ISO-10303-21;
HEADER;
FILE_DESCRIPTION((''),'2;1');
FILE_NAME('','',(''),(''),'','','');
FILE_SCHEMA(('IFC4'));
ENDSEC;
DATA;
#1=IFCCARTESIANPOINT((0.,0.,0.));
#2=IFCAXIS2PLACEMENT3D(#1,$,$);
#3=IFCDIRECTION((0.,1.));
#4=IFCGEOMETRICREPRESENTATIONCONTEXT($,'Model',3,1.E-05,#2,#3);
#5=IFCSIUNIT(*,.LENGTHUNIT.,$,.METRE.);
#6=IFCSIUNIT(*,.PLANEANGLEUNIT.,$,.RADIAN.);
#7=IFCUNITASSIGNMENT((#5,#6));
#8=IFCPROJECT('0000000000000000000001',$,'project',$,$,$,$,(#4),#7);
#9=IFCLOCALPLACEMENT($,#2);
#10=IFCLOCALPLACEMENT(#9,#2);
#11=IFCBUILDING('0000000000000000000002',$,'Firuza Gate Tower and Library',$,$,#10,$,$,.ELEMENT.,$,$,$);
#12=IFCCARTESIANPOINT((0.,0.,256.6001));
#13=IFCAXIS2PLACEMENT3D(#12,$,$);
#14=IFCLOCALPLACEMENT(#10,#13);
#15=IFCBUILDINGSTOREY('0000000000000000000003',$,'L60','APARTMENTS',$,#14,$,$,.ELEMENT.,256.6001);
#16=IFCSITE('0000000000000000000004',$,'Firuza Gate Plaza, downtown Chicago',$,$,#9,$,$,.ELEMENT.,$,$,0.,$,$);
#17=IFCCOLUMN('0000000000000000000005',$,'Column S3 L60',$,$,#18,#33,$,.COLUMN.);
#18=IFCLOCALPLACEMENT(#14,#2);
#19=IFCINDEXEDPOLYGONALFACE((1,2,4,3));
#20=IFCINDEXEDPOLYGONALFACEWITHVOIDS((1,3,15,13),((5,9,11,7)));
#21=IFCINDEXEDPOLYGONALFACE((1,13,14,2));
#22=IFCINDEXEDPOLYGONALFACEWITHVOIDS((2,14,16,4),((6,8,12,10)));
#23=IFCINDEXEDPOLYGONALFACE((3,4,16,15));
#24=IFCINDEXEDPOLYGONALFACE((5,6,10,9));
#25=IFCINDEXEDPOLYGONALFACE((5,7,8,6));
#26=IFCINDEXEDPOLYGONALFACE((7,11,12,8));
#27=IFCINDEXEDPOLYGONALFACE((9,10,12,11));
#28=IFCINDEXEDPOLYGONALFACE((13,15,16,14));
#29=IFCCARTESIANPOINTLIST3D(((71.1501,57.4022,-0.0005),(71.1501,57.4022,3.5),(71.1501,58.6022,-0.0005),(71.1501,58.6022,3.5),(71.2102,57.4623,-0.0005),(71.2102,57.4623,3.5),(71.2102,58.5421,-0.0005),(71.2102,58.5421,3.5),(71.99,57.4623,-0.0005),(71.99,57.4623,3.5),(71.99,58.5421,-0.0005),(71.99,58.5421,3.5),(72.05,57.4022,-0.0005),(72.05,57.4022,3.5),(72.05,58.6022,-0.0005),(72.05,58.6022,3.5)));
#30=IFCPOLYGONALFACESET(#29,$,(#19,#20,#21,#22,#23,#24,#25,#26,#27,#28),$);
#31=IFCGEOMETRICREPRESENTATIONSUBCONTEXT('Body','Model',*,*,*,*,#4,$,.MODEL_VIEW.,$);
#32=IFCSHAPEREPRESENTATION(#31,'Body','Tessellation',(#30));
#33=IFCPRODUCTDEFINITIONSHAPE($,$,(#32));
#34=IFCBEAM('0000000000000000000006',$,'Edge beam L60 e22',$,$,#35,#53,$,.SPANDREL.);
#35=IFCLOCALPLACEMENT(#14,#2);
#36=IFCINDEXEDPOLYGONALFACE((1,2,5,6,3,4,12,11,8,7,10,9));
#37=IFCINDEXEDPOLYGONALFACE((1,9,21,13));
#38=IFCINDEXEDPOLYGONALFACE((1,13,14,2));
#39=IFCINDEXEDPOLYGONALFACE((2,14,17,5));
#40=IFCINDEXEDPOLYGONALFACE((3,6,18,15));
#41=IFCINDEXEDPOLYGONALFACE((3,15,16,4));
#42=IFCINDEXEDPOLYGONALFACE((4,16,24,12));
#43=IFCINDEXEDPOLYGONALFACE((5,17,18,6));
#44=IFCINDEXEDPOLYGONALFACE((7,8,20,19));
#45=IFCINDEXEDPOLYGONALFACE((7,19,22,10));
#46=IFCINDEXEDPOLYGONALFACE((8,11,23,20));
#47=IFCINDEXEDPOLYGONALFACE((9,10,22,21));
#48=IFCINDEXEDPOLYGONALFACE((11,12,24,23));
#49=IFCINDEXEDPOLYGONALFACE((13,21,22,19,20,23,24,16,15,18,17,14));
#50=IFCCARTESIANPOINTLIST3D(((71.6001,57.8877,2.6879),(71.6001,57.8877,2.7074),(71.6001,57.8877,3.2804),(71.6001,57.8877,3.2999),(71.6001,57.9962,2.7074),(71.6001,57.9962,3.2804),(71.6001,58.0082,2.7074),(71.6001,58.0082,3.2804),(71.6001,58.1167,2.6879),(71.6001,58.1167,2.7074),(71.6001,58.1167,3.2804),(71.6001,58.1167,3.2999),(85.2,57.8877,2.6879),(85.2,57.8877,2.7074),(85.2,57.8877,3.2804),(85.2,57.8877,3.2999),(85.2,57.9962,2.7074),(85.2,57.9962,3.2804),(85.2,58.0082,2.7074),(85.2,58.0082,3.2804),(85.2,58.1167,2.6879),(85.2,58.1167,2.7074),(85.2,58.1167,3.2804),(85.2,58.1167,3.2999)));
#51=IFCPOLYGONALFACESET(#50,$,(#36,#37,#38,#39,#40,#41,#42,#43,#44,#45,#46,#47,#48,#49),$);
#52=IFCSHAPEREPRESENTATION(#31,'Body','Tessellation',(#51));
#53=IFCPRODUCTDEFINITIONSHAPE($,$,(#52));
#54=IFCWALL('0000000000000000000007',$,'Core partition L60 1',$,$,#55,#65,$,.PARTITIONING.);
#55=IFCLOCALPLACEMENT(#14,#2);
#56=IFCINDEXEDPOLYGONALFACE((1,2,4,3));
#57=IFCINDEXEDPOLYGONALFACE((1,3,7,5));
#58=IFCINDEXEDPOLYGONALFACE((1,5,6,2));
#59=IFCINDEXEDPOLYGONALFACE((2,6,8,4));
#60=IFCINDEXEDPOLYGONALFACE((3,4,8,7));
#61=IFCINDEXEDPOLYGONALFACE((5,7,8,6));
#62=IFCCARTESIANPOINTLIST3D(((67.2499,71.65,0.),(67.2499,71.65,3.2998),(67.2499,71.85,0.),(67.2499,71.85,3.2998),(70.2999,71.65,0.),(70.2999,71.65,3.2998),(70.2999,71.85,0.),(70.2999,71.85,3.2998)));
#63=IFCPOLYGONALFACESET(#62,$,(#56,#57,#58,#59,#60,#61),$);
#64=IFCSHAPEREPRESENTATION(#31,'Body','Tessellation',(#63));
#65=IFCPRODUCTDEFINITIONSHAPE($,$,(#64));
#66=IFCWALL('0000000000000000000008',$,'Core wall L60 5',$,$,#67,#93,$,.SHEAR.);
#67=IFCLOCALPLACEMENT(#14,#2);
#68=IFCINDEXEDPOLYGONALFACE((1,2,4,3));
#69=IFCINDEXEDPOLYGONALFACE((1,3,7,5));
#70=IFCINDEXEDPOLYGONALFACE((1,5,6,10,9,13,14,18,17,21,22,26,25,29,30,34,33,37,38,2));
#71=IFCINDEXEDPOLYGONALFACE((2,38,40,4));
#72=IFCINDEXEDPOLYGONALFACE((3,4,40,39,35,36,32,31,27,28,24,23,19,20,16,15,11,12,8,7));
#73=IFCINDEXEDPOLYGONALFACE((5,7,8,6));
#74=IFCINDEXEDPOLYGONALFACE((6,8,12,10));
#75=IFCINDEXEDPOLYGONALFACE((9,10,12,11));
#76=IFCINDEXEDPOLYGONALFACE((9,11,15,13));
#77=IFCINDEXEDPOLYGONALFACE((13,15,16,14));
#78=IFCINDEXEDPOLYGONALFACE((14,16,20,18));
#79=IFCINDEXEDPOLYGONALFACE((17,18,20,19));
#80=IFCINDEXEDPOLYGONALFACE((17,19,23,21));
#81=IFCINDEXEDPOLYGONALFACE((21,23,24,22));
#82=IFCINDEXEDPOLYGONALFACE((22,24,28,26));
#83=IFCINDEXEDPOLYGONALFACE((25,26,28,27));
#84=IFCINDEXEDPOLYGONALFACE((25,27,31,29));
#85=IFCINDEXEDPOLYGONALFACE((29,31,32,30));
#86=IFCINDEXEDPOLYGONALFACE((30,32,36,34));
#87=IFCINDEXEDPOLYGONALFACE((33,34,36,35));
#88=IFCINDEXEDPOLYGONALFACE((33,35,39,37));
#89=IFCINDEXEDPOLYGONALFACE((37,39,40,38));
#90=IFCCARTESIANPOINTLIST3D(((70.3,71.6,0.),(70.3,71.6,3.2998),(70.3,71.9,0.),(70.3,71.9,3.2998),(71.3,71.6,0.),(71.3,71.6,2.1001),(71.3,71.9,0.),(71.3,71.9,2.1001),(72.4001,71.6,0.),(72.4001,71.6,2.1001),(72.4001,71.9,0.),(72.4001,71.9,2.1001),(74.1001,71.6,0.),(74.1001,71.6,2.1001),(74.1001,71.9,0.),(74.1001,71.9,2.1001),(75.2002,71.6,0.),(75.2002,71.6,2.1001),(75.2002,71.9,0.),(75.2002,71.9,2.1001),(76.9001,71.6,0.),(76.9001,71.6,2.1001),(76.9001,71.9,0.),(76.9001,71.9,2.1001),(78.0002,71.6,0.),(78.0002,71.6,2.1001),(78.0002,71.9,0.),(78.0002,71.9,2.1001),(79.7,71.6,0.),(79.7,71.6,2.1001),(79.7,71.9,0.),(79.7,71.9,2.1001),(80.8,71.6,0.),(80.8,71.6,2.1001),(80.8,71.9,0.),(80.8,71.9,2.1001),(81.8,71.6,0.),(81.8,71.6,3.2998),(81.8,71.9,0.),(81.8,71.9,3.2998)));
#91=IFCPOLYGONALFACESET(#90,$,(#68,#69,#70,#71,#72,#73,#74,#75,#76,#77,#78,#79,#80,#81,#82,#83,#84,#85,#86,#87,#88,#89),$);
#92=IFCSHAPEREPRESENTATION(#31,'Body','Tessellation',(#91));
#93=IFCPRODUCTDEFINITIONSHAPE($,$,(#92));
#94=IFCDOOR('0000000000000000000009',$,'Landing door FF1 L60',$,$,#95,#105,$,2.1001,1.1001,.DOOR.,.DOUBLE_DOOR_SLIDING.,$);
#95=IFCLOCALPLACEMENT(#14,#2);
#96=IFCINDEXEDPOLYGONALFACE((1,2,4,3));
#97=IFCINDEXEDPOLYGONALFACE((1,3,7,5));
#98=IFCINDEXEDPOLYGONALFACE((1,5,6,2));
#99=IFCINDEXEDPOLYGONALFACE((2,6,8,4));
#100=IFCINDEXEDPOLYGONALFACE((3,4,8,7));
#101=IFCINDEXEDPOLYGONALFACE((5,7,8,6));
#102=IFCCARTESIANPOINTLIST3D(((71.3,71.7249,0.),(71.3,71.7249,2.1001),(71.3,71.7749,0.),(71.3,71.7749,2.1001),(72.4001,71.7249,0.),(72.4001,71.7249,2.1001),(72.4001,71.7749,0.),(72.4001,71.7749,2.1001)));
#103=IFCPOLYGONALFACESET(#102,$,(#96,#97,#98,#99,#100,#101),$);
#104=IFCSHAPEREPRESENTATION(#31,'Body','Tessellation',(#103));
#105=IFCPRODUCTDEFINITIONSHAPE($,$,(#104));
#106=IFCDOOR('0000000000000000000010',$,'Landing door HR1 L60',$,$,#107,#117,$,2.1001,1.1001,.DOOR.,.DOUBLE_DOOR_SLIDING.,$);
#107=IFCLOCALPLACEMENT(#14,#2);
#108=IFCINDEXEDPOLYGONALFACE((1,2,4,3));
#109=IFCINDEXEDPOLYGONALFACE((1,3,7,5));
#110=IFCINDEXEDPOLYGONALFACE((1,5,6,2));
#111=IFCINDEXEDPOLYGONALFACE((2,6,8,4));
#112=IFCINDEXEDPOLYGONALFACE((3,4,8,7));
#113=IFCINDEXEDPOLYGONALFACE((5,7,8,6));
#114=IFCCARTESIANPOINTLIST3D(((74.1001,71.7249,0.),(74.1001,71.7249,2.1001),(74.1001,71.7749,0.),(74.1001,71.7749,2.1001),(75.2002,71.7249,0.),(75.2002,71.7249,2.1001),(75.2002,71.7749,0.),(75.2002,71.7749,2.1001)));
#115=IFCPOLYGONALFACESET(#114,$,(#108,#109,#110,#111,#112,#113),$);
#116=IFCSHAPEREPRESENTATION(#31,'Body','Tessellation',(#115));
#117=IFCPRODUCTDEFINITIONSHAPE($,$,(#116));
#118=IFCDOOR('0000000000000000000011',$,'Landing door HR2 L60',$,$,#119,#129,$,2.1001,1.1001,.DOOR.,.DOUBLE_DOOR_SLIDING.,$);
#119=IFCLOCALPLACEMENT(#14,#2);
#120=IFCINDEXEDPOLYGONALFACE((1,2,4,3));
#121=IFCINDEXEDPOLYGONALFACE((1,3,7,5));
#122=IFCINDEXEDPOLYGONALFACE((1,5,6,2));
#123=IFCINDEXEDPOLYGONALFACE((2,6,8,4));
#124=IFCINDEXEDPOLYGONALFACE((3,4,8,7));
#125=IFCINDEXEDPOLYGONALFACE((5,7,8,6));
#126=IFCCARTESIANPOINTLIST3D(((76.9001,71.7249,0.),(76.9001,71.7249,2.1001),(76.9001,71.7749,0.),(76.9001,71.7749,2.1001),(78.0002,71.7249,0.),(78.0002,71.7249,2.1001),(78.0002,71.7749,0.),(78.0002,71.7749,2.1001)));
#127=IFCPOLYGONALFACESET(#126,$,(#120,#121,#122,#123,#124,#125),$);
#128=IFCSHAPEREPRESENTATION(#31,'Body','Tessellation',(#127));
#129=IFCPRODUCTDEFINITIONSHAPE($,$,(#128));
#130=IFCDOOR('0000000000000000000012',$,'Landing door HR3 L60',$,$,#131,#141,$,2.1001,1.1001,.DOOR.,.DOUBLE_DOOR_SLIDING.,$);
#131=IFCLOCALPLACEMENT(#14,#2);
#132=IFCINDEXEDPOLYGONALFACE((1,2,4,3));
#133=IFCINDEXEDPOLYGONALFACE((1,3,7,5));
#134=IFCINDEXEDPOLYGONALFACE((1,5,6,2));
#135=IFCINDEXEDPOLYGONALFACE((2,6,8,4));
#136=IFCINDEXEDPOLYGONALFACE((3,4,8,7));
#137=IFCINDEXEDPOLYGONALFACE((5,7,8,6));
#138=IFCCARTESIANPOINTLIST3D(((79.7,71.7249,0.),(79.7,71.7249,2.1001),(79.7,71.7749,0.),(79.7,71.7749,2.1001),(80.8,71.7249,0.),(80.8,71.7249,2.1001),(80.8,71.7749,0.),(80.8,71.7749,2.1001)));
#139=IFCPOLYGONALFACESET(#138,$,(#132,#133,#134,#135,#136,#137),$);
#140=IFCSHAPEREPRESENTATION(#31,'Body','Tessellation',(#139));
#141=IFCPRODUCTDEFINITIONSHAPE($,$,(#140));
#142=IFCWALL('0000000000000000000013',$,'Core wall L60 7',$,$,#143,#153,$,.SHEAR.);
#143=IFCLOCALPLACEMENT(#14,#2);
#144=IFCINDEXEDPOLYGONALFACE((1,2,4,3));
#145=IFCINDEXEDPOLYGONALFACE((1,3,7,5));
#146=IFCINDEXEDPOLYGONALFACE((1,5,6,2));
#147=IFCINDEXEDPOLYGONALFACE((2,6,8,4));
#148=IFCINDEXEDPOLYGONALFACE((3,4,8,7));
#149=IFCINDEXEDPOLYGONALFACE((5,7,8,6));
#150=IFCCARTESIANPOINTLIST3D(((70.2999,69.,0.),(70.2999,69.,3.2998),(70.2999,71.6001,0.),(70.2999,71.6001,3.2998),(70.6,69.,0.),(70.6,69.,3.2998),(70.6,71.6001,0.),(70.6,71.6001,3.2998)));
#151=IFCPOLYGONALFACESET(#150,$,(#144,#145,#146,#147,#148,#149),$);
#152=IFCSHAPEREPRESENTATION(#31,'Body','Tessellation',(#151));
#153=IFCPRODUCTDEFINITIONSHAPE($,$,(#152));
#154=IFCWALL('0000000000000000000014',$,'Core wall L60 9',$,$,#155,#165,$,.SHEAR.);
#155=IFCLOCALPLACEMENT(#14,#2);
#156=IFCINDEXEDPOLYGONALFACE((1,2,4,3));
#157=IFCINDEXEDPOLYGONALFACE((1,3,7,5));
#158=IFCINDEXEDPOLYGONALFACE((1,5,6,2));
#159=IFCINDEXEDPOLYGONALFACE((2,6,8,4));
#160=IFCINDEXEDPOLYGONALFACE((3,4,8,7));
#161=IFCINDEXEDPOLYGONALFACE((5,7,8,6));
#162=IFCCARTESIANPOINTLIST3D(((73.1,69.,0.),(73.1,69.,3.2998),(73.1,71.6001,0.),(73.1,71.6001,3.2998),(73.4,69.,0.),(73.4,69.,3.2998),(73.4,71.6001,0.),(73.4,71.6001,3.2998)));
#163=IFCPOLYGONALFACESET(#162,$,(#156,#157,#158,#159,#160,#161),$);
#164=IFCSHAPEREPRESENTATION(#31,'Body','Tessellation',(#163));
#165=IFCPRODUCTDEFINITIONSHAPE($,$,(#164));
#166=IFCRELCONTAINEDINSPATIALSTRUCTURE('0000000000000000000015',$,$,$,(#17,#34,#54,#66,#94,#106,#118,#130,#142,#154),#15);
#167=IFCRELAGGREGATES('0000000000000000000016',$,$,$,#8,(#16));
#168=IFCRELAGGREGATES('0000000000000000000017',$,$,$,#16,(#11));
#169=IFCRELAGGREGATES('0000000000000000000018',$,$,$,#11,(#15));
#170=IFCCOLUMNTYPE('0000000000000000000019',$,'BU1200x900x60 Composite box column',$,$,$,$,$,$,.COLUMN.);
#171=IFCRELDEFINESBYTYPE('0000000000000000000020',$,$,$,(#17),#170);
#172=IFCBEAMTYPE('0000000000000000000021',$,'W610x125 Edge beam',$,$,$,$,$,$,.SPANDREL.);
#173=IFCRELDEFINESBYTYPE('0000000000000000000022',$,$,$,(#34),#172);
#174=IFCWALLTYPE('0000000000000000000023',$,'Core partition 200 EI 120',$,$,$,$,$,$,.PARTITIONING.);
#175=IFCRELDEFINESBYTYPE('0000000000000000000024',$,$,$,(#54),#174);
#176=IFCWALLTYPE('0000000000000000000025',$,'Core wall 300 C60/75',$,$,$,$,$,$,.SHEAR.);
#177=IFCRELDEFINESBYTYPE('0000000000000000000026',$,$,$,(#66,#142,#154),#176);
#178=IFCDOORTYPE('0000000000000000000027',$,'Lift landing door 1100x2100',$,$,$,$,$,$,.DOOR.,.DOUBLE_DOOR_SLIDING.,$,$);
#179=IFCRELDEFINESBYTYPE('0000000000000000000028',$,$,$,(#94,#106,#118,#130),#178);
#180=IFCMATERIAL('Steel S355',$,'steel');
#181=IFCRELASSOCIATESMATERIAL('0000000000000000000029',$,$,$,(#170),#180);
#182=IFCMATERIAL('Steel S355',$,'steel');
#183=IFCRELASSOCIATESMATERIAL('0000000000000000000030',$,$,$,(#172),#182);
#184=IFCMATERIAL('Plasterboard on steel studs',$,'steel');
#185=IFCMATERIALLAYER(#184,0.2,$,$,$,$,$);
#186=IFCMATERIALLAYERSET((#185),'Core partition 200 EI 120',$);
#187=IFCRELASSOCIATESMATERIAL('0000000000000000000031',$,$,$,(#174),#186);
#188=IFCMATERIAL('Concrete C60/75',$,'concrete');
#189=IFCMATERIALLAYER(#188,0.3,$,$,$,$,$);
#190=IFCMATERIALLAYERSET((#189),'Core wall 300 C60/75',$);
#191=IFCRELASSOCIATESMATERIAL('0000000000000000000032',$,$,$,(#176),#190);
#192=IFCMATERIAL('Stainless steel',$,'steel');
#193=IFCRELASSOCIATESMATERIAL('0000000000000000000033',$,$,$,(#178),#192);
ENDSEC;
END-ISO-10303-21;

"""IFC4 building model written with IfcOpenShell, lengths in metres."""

from ifc_helpers import new_model, si_unit, direction, frame, frame_2d, origin, origin_2d, place, context, subcontext, project, spatial, rectangle, hollow_rectangle, i_section, extrude, material, layer, layer_set, material_profile, profile_set, type_object, element, fill, save


model = new_model("IFC4")

# Units and contexts
model_context = context("Model", 3, precision=1e-05, world=origin(), true_north=direction((0.0, 1.0)))
body_context = subcontext(model_context, "Body", "Model", "MODEL_VIEW")
ifc_project = project(units=[si_unit("LENGTHUNIT", "METRE"), si_unit("PLANEANGLEUNIT", "RADIAN")], contexts=[model_context])

# Site, building, storey
site_placement = place(None, origin())
site = spatial("IfcSite", under=ifc_project, at=site_placement, Name="Firuza Gate Plaza, downtown Chicago", CompositionType="ELEMENT", RefElevation=0.0)
building_placement = place(site_placement, origin())
building = spatial("IfcBuilding", under=site, at=building_placement, Name="Firuza Gate Tower and Library", CompositionType="ELEMENT")
storey_placement = place(building_placement, frame((0.0, 0.0, 256.6001)))
storey = spatial("IfcBuildingStorey", under=building, at=storey_placement, Name="L60", Description="APARTMENTS", CompositionType="ELEMENT", Elevation=256.6001)

# Column
ifc_material_1 = material(Name="Steel S355", Category="steel")
ifc_material_profile_1 = material_profile(ifc_material_1, hollow_rectangle(XDim=0.8999, YDim=1.2, WallThickness=0.0601, at=origin_2d()))
ifc_profile_set_1 = profile_set([ifc_material_profile_1], Name="Steel S355")
column_type = type_object("IfcColumnType", Name="BU1200x900x60 Composite box column", PredefinedType="COLUMN", material=ifc_profile_set_1)
column_placement = place(storey_placement, frame((71.6001, 58.0022, -0.0005), z_axis=(0.0, 0.0, 1.0), x_axis=(1.0, 0.0, 0.0)))
element("IfcColumn", 1, at=column_placement, inside=storey, type_object=column_type, Name="Column S3 L60", PredefinedType="COLUMN", context=body_context, shape_type="SweptSolid", body=[
    extrude(hollow_rectangle(XDim=0.8999, YDim=1.2, WallThickness=0.0601, at=origin_2d()), origin(), (0.0, 0.0, 1.0), 3.5005),
])

# Beam
ifc_material_2 = material(Name="Steel S355", Category="steel")
ifc_material_profile_2 = material_profile(ifc_material_2, i_section(OverallWidth=0.229, OverallDepth=0.6121, WebThickness=0.012, FlangeThickness=0.0195, at=origin_2d()))
ifc_profile_set_2 = profile_set([ifc_material_profile_2], Name="Steel S355")
beam_type = type_object("IfcBeamType", Name="W610x125 Edge beam", PredefinedType="SPANDREL", material=ifc_profile_set_2)
beam_placement = place(storey_placement, frame((71.6001, 58.0022, 2.9939), z_axis=(1.0, 0.0, 0.0), x_axis=(0.0, 1.0, 0.0)))
element("IfcBeam", 2, at=beam_placement, inside=storey, type_object=beam_type, Name="Edge beam L60 e22", PredefinedType="SPANDREL", context=body_context, shape_type="SweptSolid", body=[
    extrude(i_section(OverallWidth=0.229, OverallDepth=0.6121, WebThickness=0.012, FlangeThickness=0.0195, at=origin_2d()), origin(), (0.0, 0.0, 1.0), 13.5999),
])

# Wall
ifc_material_3 = material(Name="Plasterboard on steel studs", Category="steel")
ifc_layer_1 = layer(ifc_material_3, 0.2)
ifc_layer_set_1 = layer_set([ifc_layer_1], Name="Core partition 200 EI 120")
wall_type_1 = type_object("IfcWallType", Name="Core partition 200 EI 120", PredefinedType="PARTITIONING", material=ifc_layer_set_1)
wall_1_placement = place(storey_placement, frame((67.25, 71.75, 0.0), z_axis=(0.0, 0.0, 1.0), x_axis=(1.0, 0.0, 0.0)))
element("IfcWall", 3, at=wall_1_placement, inside=storey, type_object=wall_type_1, Name="Core partition L60 1", PredefinedType="PARTITIONING", context=body_context, shape_type="SweptSolid", body=[
    extrude(rectangle(XDim=3.05, YDim=0.2, at=frame_2d((1.5249, 0.0))), origin(), (0.0, 0.0, 1.0), 3.2998),
])

# Wall, openings, doors
ifc_material_4 = material(Name="Concrete C60/75", Category="concrete")
ifc_layer_2 = layer(ifc_material_4, 0.3)
ifc_layer_set_2 = layer_set([ifc_layer_2], Name="Core wall 300 C60/75")
wall_type_2 = type_object("IfcWallType", Name="Core wall 300 C60/75", PredefinedType="SHEAR", material=ifc_layer_set_2)
wall_2_placement = place(storey_placement, frame((70.3, 71.75, 0.0), z_axis=(0.0, 0.0, 1.0), x_axis=(1.0, 0.0, 0.0)))
wall_2 = element("IfcWall", 4, at=wall_2_placement, inside=storey, type_object=wall_type_2, Name="Core wall L60 5", PredefinedType="SHEAR", context=body_context, shape_type="SweptSolid", body=[
    extrude(rectangle(XDim=11.5, YDim=0.3, at=frame_2d((5.75, 0.0))), origin(), (0.0, 0.0, 1.0), 3.2998),
])
opening_1_placement = place(wall_2_placement, frame((1.0, 0.0, 0.0)))
opening_1 = element("IfcOpeningElement", 5, at=opening_1_placement, cuts=wall_2, PredefinedType="OPENING", context=body_context, shape_type="SweptSolid", body=[
    extrude(rectangle(XDim=1.1001, YDim=2.1001, at=frame_2d((0.55, 1.05))), frame((0.0, 0.1602, 0.0), z_axis=(0.0, -1.0, 0.0), x_axis=(1.0, 0.0, 0.0)), (0.0, 0.0, 1.0), 0.3201),
])
opening_2_placement = place(wall_2_placement, frame((3.8, 0.0, 0.0)))
opening_2 = element("IfcOpeningElement", 6, at=opening_2_placement, cuts=wall_2, PredefinedType="OPENING", context=body_context, shape_type="SweptSolid", body=[
    extrude(rectangle(XDim=1.1001, YDim=2.1001, at=frame_2d((0.55, 1.05))), frame((0.0, 0.1602, 0.0), z_axis=(0.0, -1.0, 0.0), x_axis=(1.0, 0.0, 0.0)), (0.0, 0.0, 1.0), 0.3201),
])
opening_3_placement = place(wall_2_placement, frame((6.6001, 0.0, 0.0)))
opening_3 = element("IfcOpeningElement", 7, at=opening_3_placement, cuts=wall_2, PredefinedType="OPENING", context=body_context, shape_type="SweptSolid", body=[
    extrude(rectangle(XDim=1.1001, YDim=2.1001, at=frame_2d((0.55, 1.05))), frame((0.0, 0.1602, 0.0), z_axis=(0.0, -1.0, 0.0), x_axis=(1.0, 0.0, 0.0)), (0.0, 0.0, 1.0), 0.3201),
])
opening_4_placement = place(wall_2_placement, frame((9.3999, 0.0, 0.0)))
opening_4 = element("IfcOpeningElement", 8, at=opening_4_placement, cuts=wall_2, PredefinedType="OPENING", context=body_context, shape_type="SweptSolid", body=[
    extrude(rectangle(XDim=1.1001, YDim=2.1001, at=frame_2d((0.55, 1.05))), frame((0.0, 0.1602, 0.0), z_axis=(0.0, -1.0, 0.0), x_axis=(1.0, 0.0, 0.0)), (0.0, 0.0, 1.0), 0.3201),
])
ifc_material_5 = material(Name="Stainless steel", Category="steel")
door_type_1 = type_object("IfcDoorType", Name="Lift landing door 1100x2100", OperationType="DOUBLE_DOOR_SLIDING", PredefinedType="DOOR", material=ifc_material_5)
door_1_placement = place(opening_1_placement, origin())
door_1 = element("IfcDoor", 9, at=door_1_placement, inside=storey, type_object=door_type_1, Name="Landing door FF1 L60", OperationType="DOUBLE_DOOR_SLIDING", OverallHeight=2.1001, OverallWidth=1.1001, PredefinedType="DOOR", context=body_context, shape_type="SweptSolid", body=[
    extrude(rectangle(XDim=1.1001, YDim=2.1001, at=frame_2d((0.55, 1.05))), frame((0.0, 0.0249, 0.0), z_axis=(0.0, -1.0, 0.0), x_axis=(1.0, 0.0, 0.0)), (0.0, 0.0, 1.0), 0.05),
])
fill(opening_1, door_1)
door_2_placement = place(opening_2_placement, origin())
door_2 = element("IfcDoor", 10, at=door_2_placement, inside=storey, type_object=door_type_1, Name="Landing door HR1 L60", OperationType="DOUBLE_DOOR_SLIDING", OverallHeight=2.1001, OverallWidth=1.1001, PredefinedType="DOOR", context=body_context, shape_type="SweptSolid", body=[
    extrude(rectangle(XDim=1.1001, YDim=2.1001, at=frame_2d((0.55, 1.05))), frame((0.0, 0.0249, 0.0), z_axis=(0.0, -1.0, 0.0), x_axis=(1.0, 0.0, 0.0)), (0.0, 0.0, 1.0), 0.05),
])
fill(opening_2, door_2)
door_3_placement = place(opening_3_placement, origin())
door_3 = element("IfcDoor", 11, at=door_3_placement, inside=storey, type_object=door_type_1, Name="Landing door HR2 L60", OperationType="DOUBLE_DOOR_SLIDING", OverallHeight=2.1001, OverallWidth=1.1001, PredefinedType="DOOR", context=body_context, shape_type="SweptSolid", body=[
    extrude(rectangle(XDim=1.1001, YDim=2.1001, at=frame_2d((0.55, 1.05))), frame((0.0, 0.0249, 0.0), z_axis=(0.0, -1.0, 0.0), x_axis=(1.0, 0.0, 0.0)), (0.0, 0.0, 1.0), 0.05),
])
fill(opening_3, door_3)
door_4_placement = place(opening_4_placement, origin())
door_4 = element("IfcDoor", 12, at=door_4_placement, inside=storey, type_object=door_type_1, Name="Landing door HR3 L60", OperationType="DOUBLE_DOOR_SLIDING", OverallHeight=2.1001, OverallWidth=1.1001, PredefinedType="DOOR", context=body_context, shape_type="SweptSolid", body=[
    extrude(rectangle(XDim=1.1001, YDim=2.1001, at=frame_2d((0.55, 1.05))), frame((0.0, 0.0249, 0.0), z_axis=(0.0, -1.0, 0.0), x_axis=(1.0, 0.0, 0.0)), (0.0, 0.0, 1.0), 0.05),
])
fill(opening_4, door_4)

# Walls
for number, where, z_axis, x_axis, name in (
    (13, (70.45, 69.0, 0.0), (0.0, 0.0, 1.0), (0.0, 1.0, 0.0), "Core wall L60 7"),
    (14, (73.25, 69.0, 0.0), (0.0, 0.0, 1.0), (0.0, 1.0, 0.0), "Core wall L60 9"),
):
    element("IfcWall", number, at=place(storey_placement, frame(where, z_axis=z_axis, x_axis=x_axis)), inside=storey, type_object=wall_type_2, Name=name, PredefinedType="SHEAR", context=body_context, shape_type="SweptSolid", body=[
        extrude(rectangle(XDim=2.6001, YDim=0.3, at=frame_2d((1.3, 0.0))), origin(), (0.0, 0.0, 1.0), 3.2998),
    ])

save(model, "model.ifc")
